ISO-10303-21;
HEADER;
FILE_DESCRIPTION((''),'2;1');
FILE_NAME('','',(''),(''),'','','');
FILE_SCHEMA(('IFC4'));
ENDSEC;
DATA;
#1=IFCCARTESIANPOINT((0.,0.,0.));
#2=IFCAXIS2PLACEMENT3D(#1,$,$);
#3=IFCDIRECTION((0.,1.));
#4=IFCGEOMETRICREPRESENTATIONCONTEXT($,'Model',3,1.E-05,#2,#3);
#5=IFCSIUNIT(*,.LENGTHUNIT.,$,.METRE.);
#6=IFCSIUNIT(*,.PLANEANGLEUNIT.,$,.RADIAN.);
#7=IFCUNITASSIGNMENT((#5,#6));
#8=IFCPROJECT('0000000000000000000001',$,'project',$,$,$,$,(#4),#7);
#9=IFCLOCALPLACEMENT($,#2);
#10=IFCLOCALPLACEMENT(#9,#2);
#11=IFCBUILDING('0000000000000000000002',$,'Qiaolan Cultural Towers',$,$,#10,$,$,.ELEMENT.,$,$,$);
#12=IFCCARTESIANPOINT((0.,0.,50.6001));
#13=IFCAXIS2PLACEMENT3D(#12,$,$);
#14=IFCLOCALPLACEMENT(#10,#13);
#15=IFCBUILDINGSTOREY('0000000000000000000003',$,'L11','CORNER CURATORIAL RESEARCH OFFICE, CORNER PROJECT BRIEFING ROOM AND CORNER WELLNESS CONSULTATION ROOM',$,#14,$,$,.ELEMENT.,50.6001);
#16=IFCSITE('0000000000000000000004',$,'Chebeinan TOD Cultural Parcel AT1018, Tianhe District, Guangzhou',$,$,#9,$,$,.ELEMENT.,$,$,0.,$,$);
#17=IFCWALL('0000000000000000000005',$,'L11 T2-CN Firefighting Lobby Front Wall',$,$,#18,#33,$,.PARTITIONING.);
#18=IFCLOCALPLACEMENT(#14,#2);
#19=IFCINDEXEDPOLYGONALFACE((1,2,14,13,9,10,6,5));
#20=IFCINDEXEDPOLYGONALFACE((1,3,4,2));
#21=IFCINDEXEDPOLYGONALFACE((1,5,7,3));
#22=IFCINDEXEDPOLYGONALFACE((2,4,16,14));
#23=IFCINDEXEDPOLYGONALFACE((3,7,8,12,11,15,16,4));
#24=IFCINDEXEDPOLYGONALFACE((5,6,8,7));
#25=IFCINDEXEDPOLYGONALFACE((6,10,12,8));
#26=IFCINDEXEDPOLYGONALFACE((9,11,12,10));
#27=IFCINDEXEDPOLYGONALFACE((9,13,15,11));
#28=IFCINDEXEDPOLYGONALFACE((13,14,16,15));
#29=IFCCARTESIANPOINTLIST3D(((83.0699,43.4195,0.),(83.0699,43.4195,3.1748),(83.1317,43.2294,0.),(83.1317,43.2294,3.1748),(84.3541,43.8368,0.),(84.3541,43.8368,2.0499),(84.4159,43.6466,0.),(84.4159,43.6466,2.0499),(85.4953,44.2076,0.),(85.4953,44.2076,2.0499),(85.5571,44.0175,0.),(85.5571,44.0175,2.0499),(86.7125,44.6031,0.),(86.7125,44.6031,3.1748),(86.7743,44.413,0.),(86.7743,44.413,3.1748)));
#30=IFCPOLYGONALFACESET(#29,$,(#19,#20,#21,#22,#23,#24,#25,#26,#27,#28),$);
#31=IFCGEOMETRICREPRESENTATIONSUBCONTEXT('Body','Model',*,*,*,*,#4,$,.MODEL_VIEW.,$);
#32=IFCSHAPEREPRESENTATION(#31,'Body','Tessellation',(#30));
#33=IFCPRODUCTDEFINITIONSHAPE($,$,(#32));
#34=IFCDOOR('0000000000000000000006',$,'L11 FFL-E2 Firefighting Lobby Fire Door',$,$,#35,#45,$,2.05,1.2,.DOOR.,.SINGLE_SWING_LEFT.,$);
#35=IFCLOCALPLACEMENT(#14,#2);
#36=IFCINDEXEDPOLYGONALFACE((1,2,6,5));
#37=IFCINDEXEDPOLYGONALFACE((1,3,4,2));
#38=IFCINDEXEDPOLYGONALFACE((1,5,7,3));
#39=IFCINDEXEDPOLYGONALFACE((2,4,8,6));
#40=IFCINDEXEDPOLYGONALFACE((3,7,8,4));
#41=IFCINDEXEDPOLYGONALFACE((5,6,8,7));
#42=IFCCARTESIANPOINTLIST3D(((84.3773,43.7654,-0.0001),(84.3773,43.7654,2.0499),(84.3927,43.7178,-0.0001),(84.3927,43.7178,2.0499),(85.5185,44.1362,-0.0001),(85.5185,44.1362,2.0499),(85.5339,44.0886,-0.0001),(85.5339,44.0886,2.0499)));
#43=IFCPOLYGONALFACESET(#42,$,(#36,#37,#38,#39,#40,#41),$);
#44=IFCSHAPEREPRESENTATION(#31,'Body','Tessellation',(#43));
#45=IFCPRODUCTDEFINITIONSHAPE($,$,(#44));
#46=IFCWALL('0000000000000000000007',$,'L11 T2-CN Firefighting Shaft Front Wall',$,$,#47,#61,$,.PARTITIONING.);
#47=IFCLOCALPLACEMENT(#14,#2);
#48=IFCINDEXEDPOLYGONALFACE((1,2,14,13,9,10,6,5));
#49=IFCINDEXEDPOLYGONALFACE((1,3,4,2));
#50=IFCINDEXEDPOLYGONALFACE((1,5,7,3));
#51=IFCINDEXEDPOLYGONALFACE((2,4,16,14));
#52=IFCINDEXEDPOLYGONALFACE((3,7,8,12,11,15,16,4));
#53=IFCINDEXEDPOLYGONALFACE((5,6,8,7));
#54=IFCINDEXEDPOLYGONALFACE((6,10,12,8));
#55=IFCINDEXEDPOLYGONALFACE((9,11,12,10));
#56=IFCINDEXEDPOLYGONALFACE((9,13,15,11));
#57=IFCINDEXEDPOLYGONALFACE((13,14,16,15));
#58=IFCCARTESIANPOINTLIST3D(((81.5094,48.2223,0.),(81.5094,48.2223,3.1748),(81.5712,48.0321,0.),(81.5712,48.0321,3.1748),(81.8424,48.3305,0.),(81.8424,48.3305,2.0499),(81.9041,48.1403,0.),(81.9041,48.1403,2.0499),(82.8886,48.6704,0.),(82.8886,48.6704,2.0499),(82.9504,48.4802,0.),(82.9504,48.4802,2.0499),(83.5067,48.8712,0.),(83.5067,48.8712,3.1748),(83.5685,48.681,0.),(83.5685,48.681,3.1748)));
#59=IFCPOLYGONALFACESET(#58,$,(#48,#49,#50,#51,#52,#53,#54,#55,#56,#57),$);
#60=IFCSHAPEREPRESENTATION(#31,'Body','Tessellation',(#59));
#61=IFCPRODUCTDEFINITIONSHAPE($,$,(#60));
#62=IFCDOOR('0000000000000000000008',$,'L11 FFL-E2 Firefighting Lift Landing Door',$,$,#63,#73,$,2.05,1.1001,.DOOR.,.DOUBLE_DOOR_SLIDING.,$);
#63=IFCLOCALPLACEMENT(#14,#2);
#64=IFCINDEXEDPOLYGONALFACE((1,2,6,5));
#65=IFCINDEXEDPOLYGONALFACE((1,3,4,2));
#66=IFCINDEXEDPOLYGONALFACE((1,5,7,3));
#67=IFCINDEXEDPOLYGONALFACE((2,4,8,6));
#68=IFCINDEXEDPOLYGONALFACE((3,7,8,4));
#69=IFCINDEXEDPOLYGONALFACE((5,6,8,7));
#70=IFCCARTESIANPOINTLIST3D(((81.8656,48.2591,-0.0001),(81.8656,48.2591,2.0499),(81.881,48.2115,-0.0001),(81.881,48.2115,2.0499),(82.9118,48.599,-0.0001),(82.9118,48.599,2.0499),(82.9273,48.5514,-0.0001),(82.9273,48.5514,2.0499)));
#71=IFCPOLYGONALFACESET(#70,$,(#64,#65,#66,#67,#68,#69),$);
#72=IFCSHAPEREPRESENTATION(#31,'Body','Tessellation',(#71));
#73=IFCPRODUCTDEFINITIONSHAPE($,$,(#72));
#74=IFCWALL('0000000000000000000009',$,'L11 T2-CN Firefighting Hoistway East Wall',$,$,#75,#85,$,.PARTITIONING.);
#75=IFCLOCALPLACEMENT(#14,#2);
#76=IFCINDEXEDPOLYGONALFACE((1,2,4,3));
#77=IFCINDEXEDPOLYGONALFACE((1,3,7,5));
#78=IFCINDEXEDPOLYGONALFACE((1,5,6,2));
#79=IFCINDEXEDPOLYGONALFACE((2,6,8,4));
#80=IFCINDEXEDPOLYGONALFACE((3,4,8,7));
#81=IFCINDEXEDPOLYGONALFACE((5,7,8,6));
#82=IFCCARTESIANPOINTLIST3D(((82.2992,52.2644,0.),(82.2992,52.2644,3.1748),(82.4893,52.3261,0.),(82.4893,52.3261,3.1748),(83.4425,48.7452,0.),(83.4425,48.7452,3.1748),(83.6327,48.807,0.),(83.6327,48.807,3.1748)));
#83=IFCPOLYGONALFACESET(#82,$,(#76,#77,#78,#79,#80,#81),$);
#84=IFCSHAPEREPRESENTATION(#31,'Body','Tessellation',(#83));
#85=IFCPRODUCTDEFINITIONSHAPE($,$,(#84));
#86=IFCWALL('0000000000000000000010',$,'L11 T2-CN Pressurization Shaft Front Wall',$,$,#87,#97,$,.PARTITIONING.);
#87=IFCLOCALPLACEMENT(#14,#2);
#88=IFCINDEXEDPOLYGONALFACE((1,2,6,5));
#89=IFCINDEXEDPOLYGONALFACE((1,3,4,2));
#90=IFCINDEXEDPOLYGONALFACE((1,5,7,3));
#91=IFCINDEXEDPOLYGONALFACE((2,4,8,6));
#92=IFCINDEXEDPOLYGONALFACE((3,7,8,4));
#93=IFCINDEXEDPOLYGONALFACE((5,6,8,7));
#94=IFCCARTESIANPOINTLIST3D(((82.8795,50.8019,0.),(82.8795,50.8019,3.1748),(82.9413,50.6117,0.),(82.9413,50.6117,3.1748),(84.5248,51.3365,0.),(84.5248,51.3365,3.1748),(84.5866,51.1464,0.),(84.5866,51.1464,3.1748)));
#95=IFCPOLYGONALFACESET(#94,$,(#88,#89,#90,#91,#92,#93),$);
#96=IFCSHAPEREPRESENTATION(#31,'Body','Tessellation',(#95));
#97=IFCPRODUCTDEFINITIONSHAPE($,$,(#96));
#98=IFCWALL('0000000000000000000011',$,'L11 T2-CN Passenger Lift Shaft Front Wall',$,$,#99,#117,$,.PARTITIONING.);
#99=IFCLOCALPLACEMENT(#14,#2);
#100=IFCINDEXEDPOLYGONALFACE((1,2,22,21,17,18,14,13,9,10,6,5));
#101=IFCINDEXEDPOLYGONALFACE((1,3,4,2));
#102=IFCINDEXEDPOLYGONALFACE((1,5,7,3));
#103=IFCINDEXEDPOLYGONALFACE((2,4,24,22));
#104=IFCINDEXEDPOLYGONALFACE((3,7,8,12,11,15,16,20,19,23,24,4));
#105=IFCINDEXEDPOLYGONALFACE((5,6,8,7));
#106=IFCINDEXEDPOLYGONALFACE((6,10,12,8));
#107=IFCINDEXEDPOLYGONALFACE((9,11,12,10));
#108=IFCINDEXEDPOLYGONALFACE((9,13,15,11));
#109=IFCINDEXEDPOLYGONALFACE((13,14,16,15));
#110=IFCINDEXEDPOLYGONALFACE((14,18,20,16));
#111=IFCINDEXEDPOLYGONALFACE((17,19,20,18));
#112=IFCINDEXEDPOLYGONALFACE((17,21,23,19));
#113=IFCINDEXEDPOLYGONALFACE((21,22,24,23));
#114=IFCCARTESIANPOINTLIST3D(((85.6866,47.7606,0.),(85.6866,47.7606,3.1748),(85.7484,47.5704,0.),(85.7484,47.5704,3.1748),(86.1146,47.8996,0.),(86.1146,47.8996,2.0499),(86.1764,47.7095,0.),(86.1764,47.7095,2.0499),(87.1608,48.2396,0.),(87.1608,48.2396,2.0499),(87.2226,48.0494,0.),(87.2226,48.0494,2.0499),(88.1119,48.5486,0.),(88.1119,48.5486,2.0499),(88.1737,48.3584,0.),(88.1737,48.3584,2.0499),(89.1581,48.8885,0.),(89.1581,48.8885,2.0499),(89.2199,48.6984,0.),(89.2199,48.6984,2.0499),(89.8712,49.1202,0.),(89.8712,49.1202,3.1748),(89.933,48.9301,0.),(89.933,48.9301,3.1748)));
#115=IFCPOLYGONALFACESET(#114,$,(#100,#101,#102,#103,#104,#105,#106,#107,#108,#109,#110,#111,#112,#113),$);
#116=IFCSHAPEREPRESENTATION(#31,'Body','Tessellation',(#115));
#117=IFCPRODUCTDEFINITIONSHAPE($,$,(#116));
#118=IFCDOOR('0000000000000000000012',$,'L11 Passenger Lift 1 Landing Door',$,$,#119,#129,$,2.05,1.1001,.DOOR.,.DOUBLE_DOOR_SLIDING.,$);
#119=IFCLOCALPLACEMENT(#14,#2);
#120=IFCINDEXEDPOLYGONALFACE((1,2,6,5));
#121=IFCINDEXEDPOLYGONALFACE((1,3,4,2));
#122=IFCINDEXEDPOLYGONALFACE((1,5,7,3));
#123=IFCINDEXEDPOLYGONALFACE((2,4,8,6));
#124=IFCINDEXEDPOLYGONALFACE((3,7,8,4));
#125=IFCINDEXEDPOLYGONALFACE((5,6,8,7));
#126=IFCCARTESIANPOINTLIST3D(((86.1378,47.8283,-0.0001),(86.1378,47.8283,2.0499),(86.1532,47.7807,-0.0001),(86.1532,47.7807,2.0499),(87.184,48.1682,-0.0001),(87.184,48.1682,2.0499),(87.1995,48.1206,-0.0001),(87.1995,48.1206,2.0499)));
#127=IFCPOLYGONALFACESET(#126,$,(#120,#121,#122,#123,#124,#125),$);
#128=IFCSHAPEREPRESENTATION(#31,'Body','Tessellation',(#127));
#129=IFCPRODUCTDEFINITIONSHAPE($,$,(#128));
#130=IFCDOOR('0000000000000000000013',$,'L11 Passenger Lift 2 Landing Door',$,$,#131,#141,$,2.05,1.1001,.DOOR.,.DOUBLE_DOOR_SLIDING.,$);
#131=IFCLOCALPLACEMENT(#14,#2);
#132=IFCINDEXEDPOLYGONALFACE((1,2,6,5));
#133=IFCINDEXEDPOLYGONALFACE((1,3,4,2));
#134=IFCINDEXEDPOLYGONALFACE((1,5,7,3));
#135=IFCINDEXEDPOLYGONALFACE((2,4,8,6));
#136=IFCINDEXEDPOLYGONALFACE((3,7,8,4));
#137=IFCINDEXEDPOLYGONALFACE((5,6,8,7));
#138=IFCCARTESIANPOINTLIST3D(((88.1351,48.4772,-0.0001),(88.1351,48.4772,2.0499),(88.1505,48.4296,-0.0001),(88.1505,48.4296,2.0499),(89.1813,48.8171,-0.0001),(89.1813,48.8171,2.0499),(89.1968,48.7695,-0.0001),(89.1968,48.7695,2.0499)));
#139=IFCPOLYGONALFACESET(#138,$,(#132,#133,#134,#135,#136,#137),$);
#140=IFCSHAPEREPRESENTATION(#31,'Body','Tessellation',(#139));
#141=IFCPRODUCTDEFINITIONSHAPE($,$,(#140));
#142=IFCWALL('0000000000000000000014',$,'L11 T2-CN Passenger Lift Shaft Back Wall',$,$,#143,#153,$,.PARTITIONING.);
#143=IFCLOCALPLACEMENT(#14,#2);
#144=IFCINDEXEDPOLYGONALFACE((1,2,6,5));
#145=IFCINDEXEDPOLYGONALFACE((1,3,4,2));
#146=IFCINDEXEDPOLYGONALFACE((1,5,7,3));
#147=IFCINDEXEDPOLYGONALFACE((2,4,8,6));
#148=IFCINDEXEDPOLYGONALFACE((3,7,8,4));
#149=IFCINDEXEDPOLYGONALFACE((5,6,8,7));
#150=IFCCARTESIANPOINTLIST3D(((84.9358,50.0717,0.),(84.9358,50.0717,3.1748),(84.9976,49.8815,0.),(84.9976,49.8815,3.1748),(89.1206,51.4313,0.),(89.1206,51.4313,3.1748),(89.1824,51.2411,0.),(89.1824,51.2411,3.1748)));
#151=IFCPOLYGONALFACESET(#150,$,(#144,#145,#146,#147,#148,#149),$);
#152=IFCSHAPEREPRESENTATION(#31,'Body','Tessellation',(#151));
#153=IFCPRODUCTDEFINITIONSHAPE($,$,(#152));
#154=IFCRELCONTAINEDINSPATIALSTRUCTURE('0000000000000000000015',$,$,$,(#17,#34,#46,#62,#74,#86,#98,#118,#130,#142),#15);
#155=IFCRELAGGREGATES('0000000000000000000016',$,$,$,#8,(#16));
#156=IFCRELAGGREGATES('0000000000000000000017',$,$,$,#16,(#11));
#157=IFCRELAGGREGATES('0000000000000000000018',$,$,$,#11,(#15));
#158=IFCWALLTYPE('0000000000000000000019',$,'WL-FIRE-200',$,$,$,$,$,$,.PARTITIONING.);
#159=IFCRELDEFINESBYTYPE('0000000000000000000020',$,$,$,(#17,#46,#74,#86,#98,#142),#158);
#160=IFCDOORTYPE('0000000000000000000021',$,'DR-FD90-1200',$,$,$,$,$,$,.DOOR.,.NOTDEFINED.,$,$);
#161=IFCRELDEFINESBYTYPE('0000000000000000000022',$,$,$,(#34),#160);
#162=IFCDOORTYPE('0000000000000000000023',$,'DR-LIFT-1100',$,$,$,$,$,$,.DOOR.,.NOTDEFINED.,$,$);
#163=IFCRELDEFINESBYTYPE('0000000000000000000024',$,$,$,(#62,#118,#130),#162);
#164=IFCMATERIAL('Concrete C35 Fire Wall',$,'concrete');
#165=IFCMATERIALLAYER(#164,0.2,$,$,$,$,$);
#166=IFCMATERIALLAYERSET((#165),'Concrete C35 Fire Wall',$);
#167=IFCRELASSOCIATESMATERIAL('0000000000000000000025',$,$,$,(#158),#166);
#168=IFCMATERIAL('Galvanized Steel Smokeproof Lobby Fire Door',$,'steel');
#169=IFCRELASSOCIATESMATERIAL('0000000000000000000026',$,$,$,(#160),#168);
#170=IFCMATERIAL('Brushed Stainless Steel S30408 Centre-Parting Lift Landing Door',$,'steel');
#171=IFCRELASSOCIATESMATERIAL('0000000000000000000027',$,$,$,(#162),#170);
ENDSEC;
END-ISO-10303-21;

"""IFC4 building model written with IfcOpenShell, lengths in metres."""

from ifc_helpers import new_model, si_unit, direction, frame, frame_2d, origin, place, context, subcontext, project, spatial, rectangle, extrude, material, layer, layer_set, type_object, element, fill, save


model = new_model("IFC4")

# Units and contexts
model_context = context("Model", 3, precision=1e-05, world=origin(), true_north=direction((0.0, 1.0)))
body_context = subcontext(model_context, "Body", "Model", "MODEL_VIEW")
ifc_project = project(units=[si_unit("LENGTHUNIT", "METRE"), si_unit("PLANEANGLEUNIT", "RADIAN")], contexts=[model_context])

# Site, building, storey
site_placement = place(None, origin())
site = spatial("IfcSite", under=ifc_project, at=site_placement, Name="Chebeinan TOD Cultural Parcel AT1018, Tianhe District, Guangzhou", CompositionType="ELEMENT", RefElevation=0.0)
building_placement = place(site_placement, origin())
building = spatial("IfcBuilding", under=site, at=building_placement, Name="Qiaolan Cultural Towers", CompositionType="ELEMENT")
storey_placement = place(building_placement, frame((0.0, 0.0, 50.6001)))
storey = spatial("IfcBuildingStorey", under=building, at=storey_placement, Name="L11", Description="CORNER CURATORIAL RESEARCH OFFICE, CORNER PROJECT BRIEFING ROOM AND CORNER WELLNESS CONSULTATION ROOM", CompositionType="ELEMENT", Elevation=50.6001)

# Shared definitions
ifc_material_1 = material(Name="Concrete C35 Fire Wall", Category="concrete")
ifc_layer_1 = layer(ifc_material_1, 0.2)
ifc_layer_set_1 = layer_set([ifc_layer_1], Name="Concrete C35 Fire Wall")
wall_type_1 = type_object("IfcWallType", Name="WL-FIRE-200", PredefinedType="PARTITIONING", material=ifc_layer_set_1)

# Walls, openings, doors
wall_1_placement = place(storey_placement, frame((83.1008, 43.3245, 0.0), z_axis=(0.0, 0.0, 1.0), x_axis=(0.951053, 0.309028, 0.0)))
wall_1 = element("IfcWall", 1, at=wall_1_placement, inside=storey, type_object=wall_type_1, Name="L11 T2-CN Firefighting Lobby Front Wall", PredefinedType="PARTITIONING", context=body_context, shape_type="SweptSolid", body=[
    extrude(rectangle(XDim=3.8301, YDim=0.2, at=frame_2d((1.915, 0.0))), origin(), (0.0, 0.0, 1.0), 3.1748),
])
opening_1_placement = place(wall_1_placement, frame((1.3501, 0.0, 0.0)))
opening_1 = element("IfcOpeningElement", 2, at=opening_1_placement, cuts=wall_1, PredefinedType="OPENING", context=body_context, shape_type="SweptSolid", body=[
    extrude(rectangle(XDim=1.2, YDim=2.05, at=frame_2d((0.6001, 1.0249))), frame((0.0, 0.1099, 0.0), z_axis=(0.0, -1.0, 0.0), x_axis=(1.0, 0.0, 0.0)), (0.0, 0.0, 1.0), 0.22),
])
ifc_material_2 = material(Name="Galvanized Steel Smokeproof Lobby Fire Door", Category="steel")
door_type_1 = type_object("IfcDoorType", Name="DR-FD90-1200", OperationType="NOTDEFINED", PredefinedType="DOOR", material=ifc_material_2)
door_1_placement = place(opening_1_placement, origin())
door_1 = element("IfcDoor", 3, at=door_1_placement, inside=storey, type_object=door_type_1, Name="L11 FFL-E2 Firefighting Lobby Fire Door", OperationType="SINGLE_SWING_LEFT", OverallHeight=2.05, OverallWidth=1.2, PredefinedType="DOOR", context=body_context, shape_type="SweptSolid", body=[
    extrude(rectangle(XDim=1.2, YDim=2.05, at=frame_2d((0.6001, 1.0249))), frame((0.0, 0.0249, 0.0), z_axis=(0.0, -1.0, 0.0), x_axis=(1.0, 0.0, 0.0)), (0.0, 0.0, 1.0), 0.05),
])
fill(opening_1, door_1)
wall_2_placement = place(storey_placement, frame((81.5403, 48.1272, 0.0), z_axis=(0.0, 0.0, 1.0), x_axis=(0.951062, 0.308999, 0.0)))
wall_2 = element("IfcWall", 4, at=wall_2_placement, inside=storey, type_object=wall_type_1, Name="L11 T2-CN Firefighting Shaft Front Wall", PredefinedType="PARTITIONING", context=body_context, shape_type="SweptSolid", body=[
    extrude(rectangle(XDim=2.1001, YDim=0.2, at=frame_2d((1.05, 0.0))), origin(), (0.0, 0.0, 1.0), 3.1748),
])
opening_2_placement = place(wall_2_placement, frame((0.3501, 0.0, 0.0)))
opening_2 = element("IfcOpeningElement", 5, at=opening_2_placement, cuts=wall_2, PredefinedType="OPENING", context=body_context, shape_type="SweptSolid", body=[
    extrude(rectangle(XDim=1.1001, YDim=2.05, at=frame_2d((0.55, 1.0249))), frame((0.0, 0.1099, 0.0), z_axis=(0.0, -1.0, 0.0), x_axis=(1.0, 0.0, 0.0)), (0.0, 0.0, 1.0), 0.22),
])
ifc_material_3 = material(Name="Brushed Stainless Steel S30408 Centre-Parting Lift Landing Door", Category="steel")
door_type_2 = type_object("IfcDoorType", Name="DR-LIFT-1100", OperationType="NOTDEFINED", PredefinedType="DOOR", material=ifc_material_3)
door_2_placement = place(opening_2_placement, origin())
door_2 = element("IfcDoor", 6, at=door_2_placement, inside=storey, type_object=door_type_2, Name="L11 FFL-E2 Firefighting Lift Landing Door", OperationType="DOUBLE_DOOR_SLIDING", OverallHeight=2.05, OverallWidth=1.1001, PredefinedType="DOOR", context=body_context, shape_type="SweptSolid", body=[
    extrude(rectangle(XDim=1.1001, YDim=2.05, at=frame_2d((0.55, 1.0249))), frame((0.0, 0.0249, 0.0), z_axis=(0.0, -1.0, 0.0), x_axis=(1.0, 0.0, 0.0)), (0.0, 0.0, 1.0), 0.05),
])
fill(opening_2, door_2)

# Walls
wall_3_placement = place(storey_placement, frame((83.5376, 48.7761, 0.0), z_axis=(0.0, 0.0, 1.0), x_axis=(-0.308994, 0.951064, 0.0)))
element("IfcWall", 7, at=wall_3_placement, inside=storey, type_object=wall_type_1, Name="L11 T2-CN Firefighting Hoistway East Wall", PredefinedType="PARTITIONING", context=body_context, shape_type="SweptSolid", body=[
    extrude(rectangle(XDim=3.7002, YDim=0.2, at=frame_2d((1.8501, 0.0))), origin(), (0.0, 0.0, 1.0), 3.1748),
])
wall_4_placement = place(storey_placement, frame((82.9104, 50.7068, 0.0), z_axis=(0.0, 0.0, 1.0), x_axis=(0.951041, 0.309064, 0.0)))
element("IfcWall", 8, at=wall_4_placement, inside=storey, type_object=wall_type_1, Name="L11 T2-CN Pressurization Shaft Front Wall", PredefinedType="PARTITIONING", context=body_context, shape_type="SweptSolid", body=[
    extrude(rectangle(XDim=1.73, YDim=0.2, at=frame_2d((0.865, 0.0))), origin(), (0.0, 0.0, 1.0), 3.1748),
])

# Wall, openings, doors
wall_5_placement = place(storey_placement, frame((85.7175, 47.6655, 0.0), z_axis=(0.0, 0.0, 1.0), x_axis=(0.951059, 0.309011, 0.0)))
wall_5 = element("IfcWall", 9, at=wall_5_placement, inside=storey, type_object=wall_type_1, Name="L11 T2-CN Passenger Lift Shaft Front Wall", PredefinedType="PARTITIONING", context=body_context, shape_type="SweptSolid", body=[
    extrude(rectangle(XDim=4.3999, YDim=0.2, at=frame_2d((2.2, 0.0))), origin(), (0.0, 0.0, 1.0), 3.1748),
])
opening_3_placement = place(wall_5_placement, frame((0.45, 0.0, 0.0)))
opening_3 = element("IfcOpeningElement", 10, at=opening_3_placement, cuts=wall_5, PredefinedType="OPENING", context=body_context, shape_type="SweptSolid", body=[
    extrude(rectangle(XDim=1.1001, YDim=2.05, at=frame_2d((0.55, 1.0249))), frame((0.0, 0.1099, 0.0), z_axis=(0.0, -1.0, 0.0), x_axis=(1.0, 0.0, 0.0)), (0.0, 0.0, 1.0), 0.22),
])
opening_4_placement = place(wall_5_placement, frame((2.55, 0.0, 0.0)))
opening_4 = element("IfcOpeningElement", 11, at=opening_4_placement, cuts=wall_5, PredefinedType="OPENING", context=body_context, shape_type="SweptSolid", body=[
    extrude(rectangle(XDim=1.1001, YDim=2.05, at=frame_2d((0.55, 1.0249))), frame((0.0, 0.1099, 0.0), z_axis=(0.0, -1.0, 0.0), x_axis=(1.0, 0.0, 0.0)), (0.0, 0.0, 1.0), 0.22),
])
door_3_placement = place(opening_3_placement, origin())
door_3 = element("IfcDoor", 12, at=door_3_placement, inside=storey, type_object=door_type_2, Name="L11 Passenger Lift 1 Landing Door", OperationType="DOUBLE_DOOR_SLIDING", OverallHeight=2.05, OverallWidth=1.1001, PredefinedType="DOOR", context=body_context, shape_type="SweptSolid", body=[
    extrude(rectangle(XDim=1.1001, YDim=2.05, at=frame_2d((0.55, 1.0249))), frame((0.0, 0.0249, 0.0), z_axis=(0.0, -1.0, 0.0), x_axis=(1.0, 0.0, 0.0)), (0.0, 0.0, 1.0), 0.05),
])
fill(opening_3, door_3)
door_4_placement = place(opening_4_placement, origin())
door_4 = element("IfcDoor", 13, at=door_4_placement, inside=storey, type_object=door_type_2, Name="L11 Passenger Lift 2 Landing Door", OperationType="DOUBLE_DOOR_SLIDING", OverallHeight=2.05, OverallWidth=1.1001, PredefinedType="DOOR", context=body_context, shape_type="SweptSolid", body=[
    extrude(rectangle(XDim=1.1001, YDim=2.05, at=frame_2d((0.55, 1.0249))), frame((0.0, 0.0249, 0.0), z_axis=(0.0, -1.0, 0.0), x_axis=(1.0, 0.0, 0.0)), (0.0, 0.0, 1.0), 0.05),
])
fill(opening_4, door_4)

# Wall
wall_6_placement = place(storey_placement, frame((84.9666, 49.9766, 0.0), z_axis=(0.0, 0.0, 1.0), x_axis=(0.951064, 0.308994, 0.0)))
element("IfcWall", 14, at=wall_6_placement, inside=storey, type_object=wall_type_1, Name="L11 T2-CN Passenger Lift Shaft Back Wall", PredefinedType="PARTITIONING", context=body_context, shape_type="SweptSolid", body=[
    extrude(rectangle(XDim=4.4001, YDim=0.2, at=frame_2d((2.2002, 0.0))), origin(), (0.0, 0.0, 1.0), 3.1748),
])

save(model, "model.ifc")
